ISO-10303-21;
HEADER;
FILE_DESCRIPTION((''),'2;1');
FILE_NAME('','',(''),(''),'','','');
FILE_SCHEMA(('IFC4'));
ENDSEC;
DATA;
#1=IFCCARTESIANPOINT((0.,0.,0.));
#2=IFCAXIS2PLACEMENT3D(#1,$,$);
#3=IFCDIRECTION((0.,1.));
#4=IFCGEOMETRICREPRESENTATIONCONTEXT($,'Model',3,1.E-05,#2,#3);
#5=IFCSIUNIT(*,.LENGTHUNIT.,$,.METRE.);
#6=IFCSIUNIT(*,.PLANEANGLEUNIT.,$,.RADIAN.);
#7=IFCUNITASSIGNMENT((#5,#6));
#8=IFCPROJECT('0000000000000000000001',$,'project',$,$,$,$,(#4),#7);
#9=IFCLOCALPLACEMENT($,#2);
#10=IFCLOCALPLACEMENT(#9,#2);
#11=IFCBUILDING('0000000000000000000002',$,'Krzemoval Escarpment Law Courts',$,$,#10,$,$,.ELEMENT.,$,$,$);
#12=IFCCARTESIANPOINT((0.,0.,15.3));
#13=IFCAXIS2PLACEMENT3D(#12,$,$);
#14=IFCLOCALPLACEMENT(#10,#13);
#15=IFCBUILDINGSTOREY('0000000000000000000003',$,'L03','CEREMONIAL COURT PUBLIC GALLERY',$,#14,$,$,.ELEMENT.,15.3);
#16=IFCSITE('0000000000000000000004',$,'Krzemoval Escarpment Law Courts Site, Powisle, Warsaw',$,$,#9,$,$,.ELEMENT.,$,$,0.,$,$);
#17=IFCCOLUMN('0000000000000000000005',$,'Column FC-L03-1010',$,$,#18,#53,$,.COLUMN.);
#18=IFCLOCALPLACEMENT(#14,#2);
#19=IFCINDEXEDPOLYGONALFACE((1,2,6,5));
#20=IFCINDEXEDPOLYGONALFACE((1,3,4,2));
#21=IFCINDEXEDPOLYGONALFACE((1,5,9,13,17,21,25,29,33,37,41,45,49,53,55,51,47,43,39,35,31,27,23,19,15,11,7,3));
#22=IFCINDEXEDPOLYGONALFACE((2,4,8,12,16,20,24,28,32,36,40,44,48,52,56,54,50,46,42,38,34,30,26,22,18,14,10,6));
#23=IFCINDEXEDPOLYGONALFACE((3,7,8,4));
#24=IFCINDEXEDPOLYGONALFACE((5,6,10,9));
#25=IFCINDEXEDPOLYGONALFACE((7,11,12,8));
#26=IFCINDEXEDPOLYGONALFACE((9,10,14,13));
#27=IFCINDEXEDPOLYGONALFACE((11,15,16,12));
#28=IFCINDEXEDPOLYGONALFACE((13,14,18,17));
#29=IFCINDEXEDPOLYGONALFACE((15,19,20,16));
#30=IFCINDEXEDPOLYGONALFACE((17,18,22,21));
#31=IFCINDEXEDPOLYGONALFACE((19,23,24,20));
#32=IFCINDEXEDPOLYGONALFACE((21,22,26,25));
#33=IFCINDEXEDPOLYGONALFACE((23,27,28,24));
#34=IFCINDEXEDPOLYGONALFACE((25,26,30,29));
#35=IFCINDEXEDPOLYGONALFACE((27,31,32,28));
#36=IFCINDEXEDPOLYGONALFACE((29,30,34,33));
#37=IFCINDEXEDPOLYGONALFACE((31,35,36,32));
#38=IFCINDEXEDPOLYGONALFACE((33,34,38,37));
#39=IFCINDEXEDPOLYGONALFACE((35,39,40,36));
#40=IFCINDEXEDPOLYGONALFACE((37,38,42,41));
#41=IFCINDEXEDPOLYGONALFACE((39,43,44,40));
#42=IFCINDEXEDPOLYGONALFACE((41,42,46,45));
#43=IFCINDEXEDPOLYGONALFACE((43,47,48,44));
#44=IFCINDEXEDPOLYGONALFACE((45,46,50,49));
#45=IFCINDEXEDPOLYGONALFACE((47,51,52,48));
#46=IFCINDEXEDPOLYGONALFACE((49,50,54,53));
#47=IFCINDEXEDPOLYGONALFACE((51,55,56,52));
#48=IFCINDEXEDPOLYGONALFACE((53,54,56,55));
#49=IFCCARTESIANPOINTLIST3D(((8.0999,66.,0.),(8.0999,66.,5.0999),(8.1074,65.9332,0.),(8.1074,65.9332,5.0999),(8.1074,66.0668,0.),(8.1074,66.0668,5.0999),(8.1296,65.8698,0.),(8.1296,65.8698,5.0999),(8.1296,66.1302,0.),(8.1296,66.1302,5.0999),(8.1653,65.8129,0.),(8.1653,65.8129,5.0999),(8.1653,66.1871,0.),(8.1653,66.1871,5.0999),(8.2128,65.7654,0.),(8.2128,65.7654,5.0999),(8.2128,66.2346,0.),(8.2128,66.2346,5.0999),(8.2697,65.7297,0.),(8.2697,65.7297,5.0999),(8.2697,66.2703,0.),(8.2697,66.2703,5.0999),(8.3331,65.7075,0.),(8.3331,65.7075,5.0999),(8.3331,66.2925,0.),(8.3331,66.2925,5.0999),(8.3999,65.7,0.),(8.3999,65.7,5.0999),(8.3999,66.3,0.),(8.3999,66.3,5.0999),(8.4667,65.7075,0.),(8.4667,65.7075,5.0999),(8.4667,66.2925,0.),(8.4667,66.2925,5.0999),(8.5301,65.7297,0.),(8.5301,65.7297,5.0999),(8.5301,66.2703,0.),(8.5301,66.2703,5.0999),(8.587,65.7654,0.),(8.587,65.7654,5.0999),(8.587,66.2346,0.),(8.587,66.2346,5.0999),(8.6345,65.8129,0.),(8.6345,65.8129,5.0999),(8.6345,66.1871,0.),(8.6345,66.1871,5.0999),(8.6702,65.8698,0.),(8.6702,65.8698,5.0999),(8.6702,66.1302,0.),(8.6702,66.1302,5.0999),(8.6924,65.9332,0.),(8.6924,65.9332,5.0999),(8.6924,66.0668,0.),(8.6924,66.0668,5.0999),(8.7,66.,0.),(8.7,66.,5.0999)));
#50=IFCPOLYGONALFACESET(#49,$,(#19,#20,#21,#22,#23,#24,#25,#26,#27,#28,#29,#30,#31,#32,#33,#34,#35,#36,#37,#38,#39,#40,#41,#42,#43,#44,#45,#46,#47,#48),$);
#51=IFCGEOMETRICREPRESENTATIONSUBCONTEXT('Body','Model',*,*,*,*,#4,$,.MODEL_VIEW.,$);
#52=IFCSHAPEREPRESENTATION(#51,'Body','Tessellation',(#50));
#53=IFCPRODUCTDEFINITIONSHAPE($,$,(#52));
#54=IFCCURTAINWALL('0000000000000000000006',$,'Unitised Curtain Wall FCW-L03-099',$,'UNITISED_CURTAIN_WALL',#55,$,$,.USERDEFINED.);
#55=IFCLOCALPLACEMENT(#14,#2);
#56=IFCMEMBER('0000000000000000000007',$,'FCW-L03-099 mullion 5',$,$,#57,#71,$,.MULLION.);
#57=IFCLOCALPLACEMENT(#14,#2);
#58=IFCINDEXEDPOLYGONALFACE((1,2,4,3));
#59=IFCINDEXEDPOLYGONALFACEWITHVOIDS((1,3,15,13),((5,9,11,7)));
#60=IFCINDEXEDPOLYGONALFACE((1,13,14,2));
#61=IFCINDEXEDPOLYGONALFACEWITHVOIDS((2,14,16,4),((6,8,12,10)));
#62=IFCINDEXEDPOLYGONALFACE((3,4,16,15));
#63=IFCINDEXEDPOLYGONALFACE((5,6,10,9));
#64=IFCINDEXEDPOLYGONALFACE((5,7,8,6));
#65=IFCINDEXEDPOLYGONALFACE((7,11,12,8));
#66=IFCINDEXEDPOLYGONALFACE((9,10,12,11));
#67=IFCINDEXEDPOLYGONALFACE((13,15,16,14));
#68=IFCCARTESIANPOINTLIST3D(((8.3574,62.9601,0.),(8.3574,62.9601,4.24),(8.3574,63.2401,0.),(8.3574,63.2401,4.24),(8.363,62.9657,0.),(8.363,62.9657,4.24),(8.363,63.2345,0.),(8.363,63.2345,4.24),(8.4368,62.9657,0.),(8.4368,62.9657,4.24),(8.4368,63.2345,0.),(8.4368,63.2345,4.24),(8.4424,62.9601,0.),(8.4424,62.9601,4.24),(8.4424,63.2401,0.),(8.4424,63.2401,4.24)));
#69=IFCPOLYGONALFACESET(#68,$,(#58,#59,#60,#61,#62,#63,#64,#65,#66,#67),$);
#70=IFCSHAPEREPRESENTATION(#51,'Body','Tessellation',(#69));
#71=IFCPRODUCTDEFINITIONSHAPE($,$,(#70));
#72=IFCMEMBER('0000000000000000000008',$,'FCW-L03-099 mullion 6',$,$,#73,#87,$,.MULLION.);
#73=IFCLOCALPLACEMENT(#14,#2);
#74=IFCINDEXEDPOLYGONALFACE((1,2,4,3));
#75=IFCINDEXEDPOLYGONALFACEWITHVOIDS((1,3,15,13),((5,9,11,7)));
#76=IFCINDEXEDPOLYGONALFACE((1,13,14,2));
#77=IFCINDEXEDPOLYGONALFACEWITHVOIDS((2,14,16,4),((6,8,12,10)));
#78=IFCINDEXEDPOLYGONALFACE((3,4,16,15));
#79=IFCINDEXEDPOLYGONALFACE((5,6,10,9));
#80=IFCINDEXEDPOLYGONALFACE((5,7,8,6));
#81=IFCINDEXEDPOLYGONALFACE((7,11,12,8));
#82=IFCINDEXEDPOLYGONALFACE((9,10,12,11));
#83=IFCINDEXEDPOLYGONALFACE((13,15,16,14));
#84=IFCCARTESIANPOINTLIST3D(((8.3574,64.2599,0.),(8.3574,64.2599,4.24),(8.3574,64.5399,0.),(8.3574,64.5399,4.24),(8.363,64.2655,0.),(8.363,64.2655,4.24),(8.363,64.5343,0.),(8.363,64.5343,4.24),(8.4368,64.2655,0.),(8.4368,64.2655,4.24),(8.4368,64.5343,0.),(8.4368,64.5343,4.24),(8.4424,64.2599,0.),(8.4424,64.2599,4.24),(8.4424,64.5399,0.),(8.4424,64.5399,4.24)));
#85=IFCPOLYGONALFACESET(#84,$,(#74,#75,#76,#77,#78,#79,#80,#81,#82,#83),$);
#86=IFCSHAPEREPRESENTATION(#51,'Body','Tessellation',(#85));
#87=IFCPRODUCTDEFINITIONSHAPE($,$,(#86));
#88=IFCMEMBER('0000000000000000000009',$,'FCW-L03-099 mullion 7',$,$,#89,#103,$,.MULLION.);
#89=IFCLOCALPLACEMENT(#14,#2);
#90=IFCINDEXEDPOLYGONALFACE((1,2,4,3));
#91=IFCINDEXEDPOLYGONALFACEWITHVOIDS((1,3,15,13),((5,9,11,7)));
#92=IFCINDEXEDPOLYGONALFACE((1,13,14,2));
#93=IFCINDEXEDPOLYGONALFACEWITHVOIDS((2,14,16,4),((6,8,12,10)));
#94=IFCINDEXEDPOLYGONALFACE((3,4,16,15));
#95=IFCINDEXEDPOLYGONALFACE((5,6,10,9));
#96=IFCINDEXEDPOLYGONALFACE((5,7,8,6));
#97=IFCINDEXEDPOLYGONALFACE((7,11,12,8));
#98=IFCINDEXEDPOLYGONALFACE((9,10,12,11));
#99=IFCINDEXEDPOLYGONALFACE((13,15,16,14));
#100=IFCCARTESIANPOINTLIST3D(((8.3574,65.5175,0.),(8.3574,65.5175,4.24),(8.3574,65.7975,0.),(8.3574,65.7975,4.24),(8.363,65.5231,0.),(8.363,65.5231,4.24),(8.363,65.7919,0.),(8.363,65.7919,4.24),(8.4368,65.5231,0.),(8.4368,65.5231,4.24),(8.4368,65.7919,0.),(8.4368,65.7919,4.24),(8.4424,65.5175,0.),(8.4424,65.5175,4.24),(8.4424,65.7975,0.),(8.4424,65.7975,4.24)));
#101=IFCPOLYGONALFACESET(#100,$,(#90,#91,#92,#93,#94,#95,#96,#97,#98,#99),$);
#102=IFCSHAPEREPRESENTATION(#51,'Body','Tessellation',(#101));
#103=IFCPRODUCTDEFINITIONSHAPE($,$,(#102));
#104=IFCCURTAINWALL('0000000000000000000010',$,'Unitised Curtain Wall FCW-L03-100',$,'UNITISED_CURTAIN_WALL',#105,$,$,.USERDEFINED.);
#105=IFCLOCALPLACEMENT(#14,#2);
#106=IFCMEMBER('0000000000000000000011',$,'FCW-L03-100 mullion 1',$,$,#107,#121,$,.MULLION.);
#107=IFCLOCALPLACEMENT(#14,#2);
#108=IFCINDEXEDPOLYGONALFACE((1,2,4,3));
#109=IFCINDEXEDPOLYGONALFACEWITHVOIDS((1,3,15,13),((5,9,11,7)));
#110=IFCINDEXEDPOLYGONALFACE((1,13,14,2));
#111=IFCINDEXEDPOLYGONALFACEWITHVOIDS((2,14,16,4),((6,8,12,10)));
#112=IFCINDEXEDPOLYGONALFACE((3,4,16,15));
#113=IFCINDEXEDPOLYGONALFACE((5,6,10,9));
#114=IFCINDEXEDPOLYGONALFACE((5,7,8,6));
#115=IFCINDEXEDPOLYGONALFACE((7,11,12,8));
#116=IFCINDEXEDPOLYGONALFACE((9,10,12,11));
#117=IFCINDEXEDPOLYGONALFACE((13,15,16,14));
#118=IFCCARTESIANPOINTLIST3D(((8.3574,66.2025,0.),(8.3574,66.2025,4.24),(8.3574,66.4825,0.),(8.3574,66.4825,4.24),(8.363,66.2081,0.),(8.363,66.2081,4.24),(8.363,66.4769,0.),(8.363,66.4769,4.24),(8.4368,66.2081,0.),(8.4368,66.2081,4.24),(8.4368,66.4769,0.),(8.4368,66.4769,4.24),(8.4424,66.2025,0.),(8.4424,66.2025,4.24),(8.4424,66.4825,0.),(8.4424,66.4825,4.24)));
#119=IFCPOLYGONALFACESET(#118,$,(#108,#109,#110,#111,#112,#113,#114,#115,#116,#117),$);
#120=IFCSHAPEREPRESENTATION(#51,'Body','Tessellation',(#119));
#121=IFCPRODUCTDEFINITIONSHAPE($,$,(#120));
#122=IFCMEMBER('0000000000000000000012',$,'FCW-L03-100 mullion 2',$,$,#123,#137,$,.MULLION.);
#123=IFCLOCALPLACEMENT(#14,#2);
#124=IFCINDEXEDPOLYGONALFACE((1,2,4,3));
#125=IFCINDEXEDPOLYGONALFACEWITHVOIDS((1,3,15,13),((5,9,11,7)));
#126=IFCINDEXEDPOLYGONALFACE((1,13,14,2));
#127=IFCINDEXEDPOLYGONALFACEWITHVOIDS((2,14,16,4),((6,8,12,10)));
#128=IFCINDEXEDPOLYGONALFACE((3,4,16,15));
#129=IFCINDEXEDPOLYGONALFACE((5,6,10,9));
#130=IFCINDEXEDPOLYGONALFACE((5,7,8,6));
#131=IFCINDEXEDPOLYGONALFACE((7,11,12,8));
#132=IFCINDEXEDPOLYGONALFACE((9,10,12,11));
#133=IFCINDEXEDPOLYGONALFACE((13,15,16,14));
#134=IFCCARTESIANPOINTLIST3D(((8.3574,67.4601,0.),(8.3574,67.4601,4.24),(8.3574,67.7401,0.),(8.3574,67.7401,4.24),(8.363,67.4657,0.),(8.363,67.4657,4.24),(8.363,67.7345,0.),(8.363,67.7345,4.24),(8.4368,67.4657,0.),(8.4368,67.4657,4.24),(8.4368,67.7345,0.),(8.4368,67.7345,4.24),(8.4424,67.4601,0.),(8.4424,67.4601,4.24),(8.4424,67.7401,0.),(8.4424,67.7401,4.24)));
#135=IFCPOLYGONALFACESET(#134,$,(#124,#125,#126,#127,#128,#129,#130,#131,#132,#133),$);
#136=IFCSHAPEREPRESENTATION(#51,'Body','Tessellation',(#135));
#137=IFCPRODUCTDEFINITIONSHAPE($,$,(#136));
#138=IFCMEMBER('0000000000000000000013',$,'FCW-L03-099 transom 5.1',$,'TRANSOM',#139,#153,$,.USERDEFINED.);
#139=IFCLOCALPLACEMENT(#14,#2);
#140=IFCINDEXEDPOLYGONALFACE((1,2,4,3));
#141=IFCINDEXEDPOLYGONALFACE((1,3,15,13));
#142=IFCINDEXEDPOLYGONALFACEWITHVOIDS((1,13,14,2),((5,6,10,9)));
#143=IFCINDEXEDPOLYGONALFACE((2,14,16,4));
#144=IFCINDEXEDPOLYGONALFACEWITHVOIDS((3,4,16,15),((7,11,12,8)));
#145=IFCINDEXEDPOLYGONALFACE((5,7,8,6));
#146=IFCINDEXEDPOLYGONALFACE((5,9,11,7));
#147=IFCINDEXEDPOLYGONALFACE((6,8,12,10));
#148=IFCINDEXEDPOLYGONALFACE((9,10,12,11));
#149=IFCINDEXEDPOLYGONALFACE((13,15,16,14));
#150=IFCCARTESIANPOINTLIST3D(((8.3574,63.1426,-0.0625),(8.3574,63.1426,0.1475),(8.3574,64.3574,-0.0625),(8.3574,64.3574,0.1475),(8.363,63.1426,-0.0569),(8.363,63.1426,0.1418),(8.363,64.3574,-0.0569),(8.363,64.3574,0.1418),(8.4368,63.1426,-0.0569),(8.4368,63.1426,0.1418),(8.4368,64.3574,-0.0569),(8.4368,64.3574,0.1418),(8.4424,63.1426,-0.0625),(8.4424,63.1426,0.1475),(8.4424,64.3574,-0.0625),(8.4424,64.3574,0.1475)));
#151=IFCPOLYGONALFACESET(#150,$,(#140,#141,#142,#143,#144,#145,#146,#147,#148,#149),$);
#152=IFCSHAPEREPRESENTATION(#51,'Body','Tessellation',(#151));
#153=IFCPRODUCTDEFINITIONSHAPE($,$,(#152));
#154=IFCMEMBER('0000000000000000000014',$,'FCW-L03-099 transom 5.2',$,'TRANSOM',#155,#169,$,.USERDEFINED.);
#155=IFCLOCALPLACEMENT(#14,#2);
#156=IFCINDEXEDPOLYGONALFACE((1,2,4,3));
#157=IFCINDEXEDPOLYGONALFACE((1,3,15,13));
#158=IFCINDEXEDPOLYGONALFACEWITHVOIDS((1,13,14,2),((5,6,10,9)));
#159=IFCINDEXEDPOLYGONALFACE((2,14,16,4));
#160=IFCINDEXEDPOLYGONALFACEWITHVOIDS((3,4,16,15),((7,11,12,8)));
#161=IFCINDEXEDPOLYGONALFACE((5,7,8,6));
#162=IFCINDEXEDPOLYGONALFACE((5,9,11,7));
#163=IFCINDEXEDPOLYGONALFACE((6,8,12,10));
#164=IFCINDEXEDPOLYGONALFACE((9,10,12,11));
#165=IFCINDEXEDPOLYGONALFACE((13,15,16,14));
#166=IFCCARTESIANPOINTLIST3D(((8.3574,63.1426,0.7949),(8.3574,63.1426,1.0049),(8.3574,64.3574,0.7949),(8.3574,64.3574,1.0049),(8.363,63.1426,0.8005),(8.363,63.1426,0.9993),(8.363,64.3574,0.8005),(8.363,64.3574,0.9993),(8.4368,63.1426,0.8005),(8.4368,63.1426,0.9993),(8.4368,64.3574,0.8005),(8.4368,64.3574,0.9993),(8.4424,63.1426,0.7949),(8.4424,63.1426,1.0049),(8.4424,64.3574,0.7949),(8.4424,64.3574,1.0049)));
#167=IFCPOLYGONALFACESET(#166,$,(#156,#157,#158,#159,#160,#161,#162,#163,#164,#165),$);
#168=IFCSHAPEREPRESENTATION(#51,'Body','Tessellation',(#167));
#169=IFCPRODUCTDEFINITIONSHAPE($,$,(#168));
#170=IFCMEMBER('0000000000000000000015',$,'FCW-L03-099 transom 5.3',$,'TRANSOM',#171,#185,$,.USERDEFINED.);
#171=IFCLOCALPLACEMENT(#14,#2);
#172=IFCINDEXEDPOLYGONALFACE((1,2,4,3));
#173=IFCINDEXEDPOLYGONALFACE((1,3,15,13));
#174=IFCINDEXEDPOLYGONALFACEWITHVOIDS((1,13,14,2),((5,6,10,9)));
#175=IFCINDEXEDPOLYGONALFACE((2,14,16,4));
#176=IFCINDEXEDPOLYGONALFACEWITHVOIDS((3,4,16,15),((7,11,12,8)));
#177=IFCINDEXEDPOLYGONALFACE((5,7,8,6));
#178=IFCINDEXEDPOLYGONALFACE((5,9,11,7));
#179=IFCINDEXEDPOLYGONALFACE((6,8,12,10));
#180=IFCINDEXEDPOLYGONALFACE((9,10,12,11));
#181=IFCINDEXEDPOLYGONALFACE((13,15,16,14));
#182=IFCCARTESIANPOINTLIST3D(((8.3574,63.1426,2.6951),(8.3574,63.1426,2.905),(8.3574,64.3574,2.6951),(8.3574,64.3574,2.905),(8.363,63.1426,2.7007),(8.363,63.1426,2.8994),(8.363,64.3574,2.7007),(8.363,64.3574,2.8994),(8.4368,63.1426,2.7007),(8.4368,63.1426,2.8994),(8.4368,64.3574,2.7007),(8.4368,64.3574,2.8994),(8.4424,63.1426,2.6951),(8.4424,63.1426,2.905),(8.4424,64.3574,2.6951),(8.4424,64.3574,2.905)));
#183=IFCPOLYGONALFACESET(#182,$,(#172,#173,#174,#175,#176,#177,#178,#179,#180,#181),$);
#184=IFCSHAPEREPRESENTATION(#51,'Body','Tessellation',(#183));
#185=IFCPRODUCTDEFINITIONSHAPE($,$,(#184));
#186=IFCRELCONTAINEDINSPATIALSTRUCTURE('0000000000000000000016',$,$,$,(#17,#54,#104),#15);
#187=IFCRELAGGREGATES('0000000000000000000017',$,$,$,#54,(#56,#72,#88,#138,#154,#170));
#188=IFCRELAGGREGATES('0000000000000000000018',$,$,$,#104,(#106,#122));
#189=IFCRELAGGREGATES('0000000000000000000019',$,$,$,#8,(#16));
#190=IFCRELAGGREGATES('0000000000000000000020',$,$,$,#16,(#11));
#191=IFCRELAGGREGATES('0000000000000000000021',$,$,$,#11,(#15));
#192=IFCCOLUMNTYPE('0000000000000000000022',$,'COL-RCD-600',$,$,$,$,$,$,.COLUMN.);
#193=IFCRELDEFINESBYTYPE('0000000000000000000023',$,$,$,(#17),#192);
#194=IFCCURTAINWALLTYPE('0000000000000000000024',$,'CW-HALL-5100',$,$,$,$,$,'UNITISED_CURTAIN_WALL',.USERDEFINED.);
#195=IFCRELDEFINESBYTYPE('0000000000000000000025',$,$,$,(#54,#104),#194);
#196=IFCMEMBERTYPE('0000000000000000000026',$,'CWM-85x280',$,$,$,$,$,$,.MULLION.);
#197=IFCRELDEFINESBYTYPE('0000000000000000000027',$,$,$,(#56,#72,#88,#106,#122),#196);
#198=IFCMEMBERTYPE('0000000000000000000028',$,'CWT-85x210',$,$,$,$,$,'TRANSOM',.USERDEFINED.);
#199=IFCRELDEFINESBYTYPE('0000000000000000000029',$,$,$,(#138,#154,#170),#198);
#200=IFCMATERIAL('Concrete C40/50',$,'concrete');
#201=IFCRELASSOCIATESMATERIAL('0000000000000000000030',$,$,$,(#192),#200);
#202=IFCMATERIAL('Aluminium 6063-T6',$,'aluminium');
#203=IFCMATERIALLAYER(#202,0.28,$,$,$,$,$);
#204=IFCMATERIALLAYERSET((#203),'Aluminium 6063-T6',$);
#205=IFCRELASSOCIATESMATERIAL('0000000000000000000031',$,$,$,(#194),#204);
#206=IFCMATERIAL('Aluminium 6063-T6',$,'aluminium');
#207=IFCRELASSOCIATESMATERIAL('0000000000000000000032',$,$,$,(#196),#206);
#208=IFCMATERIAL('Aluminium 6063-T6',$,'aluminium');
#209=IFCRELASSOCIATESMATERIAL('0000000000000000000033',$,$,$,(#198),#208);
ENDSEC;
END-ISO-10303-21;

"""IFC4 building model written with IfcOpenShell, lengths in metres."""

from ifc_helpers import new_model, si_unit, direction, frame, origin, origin_2d, place, context, subcontext, project, spatial, hollow_rectangle, circle, extrude, material, layer, layer_set, material_profile, profile_set, type_object, element, aggregate, save


model = new_model("IFC4")

# Units and contexts
model_context = context("Model", 3, precision=1e-05, world=origin(), true_north=direction((0.0, 1.0)))
body_context = subcontext(model_context, "Body", "Model", "MODEL_VIEW")
ifc_project = project(units=[si_unit("LENGTHUNIT", "METRE"), si_unit("PLANEANGLEUNIT", "RADIAN")], contexts=[model_context])

# Site, building, storey
site_placement = place(None, origin())
site = spatial("IfcSite", under=ifc_project, at=site_placement, Name="Krzemoval Escarpment Law Courts Site, Powisle, Warsaw", CompositionType="ELEMENT", RefElevation=0.0)
building_placement = place(site_placement, origin())
building = spatial("IfcBuilding", under=site, at=building_placement, Name="Krzemoval Escarpment Law Courts", CompositionType="ELEMENT")
storey_placement = place(building_placement, frame((0.0, 0.0, 15.3)))
storey = spatial("IfcBuildingStorey", under=building, at=storey_placement, Name="L03", Description="CEREMONIAL COURT PUBLIC GALLERY", CompositionType="ELEMENT", Elevation=15.3)

# Column
ifc_material_1 = material(Name="Concrete C40/50", Category="concrete")
ifc_material_profile_1 = material_profile(ifc_material_1, circle(Radius=0.3, at=origin_2d()), Name="RC D600")
ifc_profile_set_1 = profile_set([ifc_material_profile_1], Name="Concrete C40/50")
column_type = type_object("IfcColumnType", Name="COL-RCD-600", PredefinedType="COLUMN", material=ifc_profile_set_1)
column_placement = place(storey_placement, frame((8.3999, 66.0, 0.0), z_axis=(0.0, 0.0, 1.0), x_axis=(1.0, 0.0, 0.0)))
element("IfcColumn", 1, at=column_placement, inside=storey, type_object=column_type, Name="Column FC-L03-1010", PredefinedType="COLUMN", context=body_context, shape_type="SweptSolid", body=[
    extrude(circle(Radius=0.3, at=origin_2d()), origin(), (0.0, 0.0, 1.0), 5.0999),
])

# Curtain walls, members
ifc_material_2 = material(Name="Aluminium 6063-T6", Category="aluminium")
ifc_layer_1 = layer(ifc_material_2, 0.28)
ifc_layer_set_1 = layer_set([ifc_layer_1], Name="Aluminium 6063-T6")
curtain_wall_type = type_object("IfcCurtainWallType", Name="CW-HALL-5100", ElementType="UNITISED_CURTAIN_WALL", PredefinedType="USERDEFINED", material=ifc_layer_set_1)
curtain_wall_1_placement = place(storey_placement, origin())
curtain_wall_1 = element("IfcCurtainWall", 2, at=curtain_wall_1_placement, inside=storey, type_object=curtain_wall_type, Name="Unitised Curtain Wall FCW-L03-099", ObjectType="UNITISED_CURTAIN_WALL", PredefinedType="USERDEFINED")
ifc_material_3 = material(Name="Aluminium 6063-T6", Category="aluminium")
ifc_material_profile_2 = material_profile(ifc_material_3, hollow_rectangle(XDim=0.085, YDim=0.28, WallThickness=0.0056, at=origin_2d()), Name="ALU M85x280")
ifc_profile_set_2 = profile_set([ifc_material_profile_2], Name="Aluminium 6063-T6")
member_type_1 = type_object("IfcMemberType", Name="CWM-85x280", PredefinedType="MULLION", material=ifc_profile_set_2)
member_1_placement = place(storey_placement, frame((8.3999, 63.1001, 0.0), z_axis=(0.0, 0.0, 1.0), x_axis=(-1.0, 0.0, 0.0)))
member_1 = element("IfcMember", 3, at=member_1_placement, type_object=member_type_1, Name="FCW-L03-099 mullion 5", PredefinedType="MULLION", context=body_context, shape_type="SweptSolid", body=[
    extrude(hollow_rectangle(XDim=0.085, YDim=0.28, WallThickness=0.0056, at=origin_2d()), origin(), (0.0, 0.0, 1.0), 4.24),
])
member_2_placement = place(storey_placement, frame((8.3999, 64.3999, 0.0), z_axis=(0.0, 0.0, 1.0), x_axis=(-1.0, 0.0, 0.0)))
member_2 = element("IfcMember", 4, at=member_2_placement, type_object=member_type_1, Name="FCW-L03-099 mullion 6", PredefinedType="MULLION", context=body_context, shape_type="SweptSolid", body=[
    extrude(hollow_rectangle(XDim=0.085, YDim=0.28, WallThickness=0.0056, at=origin_2d()), origin(), (0.0, 0.0, 1.0), 4.24),
])
member_3_placement = place(storey_placement, frame((8.3999, 65.6575, 0.0), z_axis=(0.0, 0.0, 1.0), x_axis=(-1.0, 0.0, 0.0)))
member_3 = element("IfcMember", 5, at=member_3_placement, type_object=member_type_1, Name="FCW-L03-099 mullion 7", PredefinedType="MULLION", context=body_context, shape_type="SweptSolid", body=[
    extrude(hollow_rectangle(XDim=0.085, YDim=0.28, WallThickness=0.0056, at=origin_2d()), origin(), (0.0, 0.0, 1.0), 4.24),
])
curtain_wall_2_placement = place(storey_placement, origin())
curtain_wall_2 = element("IfcCurtainWall", 6, at=curtain_wall_2_placement, inside=storey, type_object=curtain_wall_type, Name="Unitised Curtain Wall FCW-L03-100", ObjectType="UNITISED_CURTAIN_WALL", PredefinedType="USERDEFINED")
member_4_placement = place(storey_placement, frame((8.3999, 66.3425, 0.0), z_axis=(0.0, 0.0, 1.0), x_axis=(-1.0, 0.0, 0.0)))
member_4 = element("IfcMember", 7, at=member_4_placement, type_object=member_type_1, Name="FCW-L03-100 mullion 1", PredefinedType="MULLION", context=body_context, shape_type="SweptSolid", body=[
    extrude(hollow_rectangle(XDim=0.085, YDim=0.28, WallThickness=0.0056, at=origin_2d()), origin(), (0.0, 0.0, 1.0), 4.24),
])
member_5_placement = place(storey_placement, frame((8.3999, 67.6001, 0.0), z_axis=(0.0, 0.0, 1.0), x_axis=(-1.0, 0.0, 0.0)))
member_5 = element("IfcMember", 8, at=member_5_placement, type_object=member_type_1, Name="FCW-L03-100 mullion 2", PredefinedType="MULLION", context=body_context, shape_type="SweptSolid", body=[
    extrude(hollow_rectangle(XDim=0.085, YDim=0.28, WallThickness=0.0056, at=origin_2d()), origin(), (0.0, 0.0, 1.0), 4.24),
])

# Members
ifc_material_4 = material(Name="Aluminium 6063-T6", Category="aluminium")
ifc_material_profile_3 = material_profile(ifc_material_4, hollow_rectangle(XDim=0.085, YDim=0.21, WallThickness=0.0056, at=origin_2d()), Name="ALU T85x210")
ifc_profile_set_3 = profile_set([ifc_material_profile_3], Name="Aluminium 6063-T6")
member_type_2 = type_object("IfcMemberType", Name="CWT-85x210", ElementType="TRANSOM", PredefinedType="USERDEFINED", material=ifc_profile_set_3)
member_6_placement = place(storey_placement, frame((8.3999, 63.1426, 0.0425), z_axis=(0.0, 1.0, 0.0), x_axis=(-1.0, 0.0, 0.0)))
member_6 = element("IfcMember", 9, at=member_6_placement, type_object=member_type_2, Name="FCW-L03-099 transom 5.1", ObjectType="TRANSOM", PredefinedType="USERDEFINED", context=body_context, shape_type="SweptSolid", body=[
    extrude(hollow_rectangle(XDim=0.085, YDim=0.21, WallThickness=0.0056, at=origin_2d()), origin(), (0.0, 0.0, 1.0), 1.2148),
])
member_7_placement = place(storey_placement, frame((8.3999, 63.1426, 0.8999), z_axis=(0.0, 1.0, 0.0), x_axis=(-1.0, 0.0, 0.0)))
member_7 = element("IfcMember", 10, at=member_7_placement, type_object=member_type_2, Name="FCW-L03-099 transom 5.2", ObjectType="TRANSOM", PredefinedType="USERDEFINED", context=body_context, shape_type="SweptSolid", body=[
    extrude(hollow_rectangle(XDim=0.085, YDim=0.21, WallThickness=0.0056, at=origin_2d()), origin(), (0.0, 0.0, 1.0), 1.2148),
])
member_8_placement = place(storey_placement, frame((8.3999, 63.1426, 2.8), z_axis=(0.0, 1.0, 0.0), x_axis=(-1.0, 0.0, 0.0)))
member_8 = element("IfcMember", 11, at=member_8_placement, type_object=member_type_2, Name="FCW-L03-099 transom 5.3", ObjectType="TRANSOM", PredefinedType="USERDEFINED", context=body_context, shape_type="SweptSolid", body=[
    extrude(hollow_rectangle(XDim=0.085, YDim=0.21, WallThickness=0.0056, at=origin_2d()), origin(), (0.0, 0.0, 1.0), 1.2148),
])

aggregate(curtain_wall_1, [member_1, member_2, member_3, member_6, member_7, member_8])
aggregate(curtain_wall_2, [member_4, member_5])

save(model, "model.ifc")
